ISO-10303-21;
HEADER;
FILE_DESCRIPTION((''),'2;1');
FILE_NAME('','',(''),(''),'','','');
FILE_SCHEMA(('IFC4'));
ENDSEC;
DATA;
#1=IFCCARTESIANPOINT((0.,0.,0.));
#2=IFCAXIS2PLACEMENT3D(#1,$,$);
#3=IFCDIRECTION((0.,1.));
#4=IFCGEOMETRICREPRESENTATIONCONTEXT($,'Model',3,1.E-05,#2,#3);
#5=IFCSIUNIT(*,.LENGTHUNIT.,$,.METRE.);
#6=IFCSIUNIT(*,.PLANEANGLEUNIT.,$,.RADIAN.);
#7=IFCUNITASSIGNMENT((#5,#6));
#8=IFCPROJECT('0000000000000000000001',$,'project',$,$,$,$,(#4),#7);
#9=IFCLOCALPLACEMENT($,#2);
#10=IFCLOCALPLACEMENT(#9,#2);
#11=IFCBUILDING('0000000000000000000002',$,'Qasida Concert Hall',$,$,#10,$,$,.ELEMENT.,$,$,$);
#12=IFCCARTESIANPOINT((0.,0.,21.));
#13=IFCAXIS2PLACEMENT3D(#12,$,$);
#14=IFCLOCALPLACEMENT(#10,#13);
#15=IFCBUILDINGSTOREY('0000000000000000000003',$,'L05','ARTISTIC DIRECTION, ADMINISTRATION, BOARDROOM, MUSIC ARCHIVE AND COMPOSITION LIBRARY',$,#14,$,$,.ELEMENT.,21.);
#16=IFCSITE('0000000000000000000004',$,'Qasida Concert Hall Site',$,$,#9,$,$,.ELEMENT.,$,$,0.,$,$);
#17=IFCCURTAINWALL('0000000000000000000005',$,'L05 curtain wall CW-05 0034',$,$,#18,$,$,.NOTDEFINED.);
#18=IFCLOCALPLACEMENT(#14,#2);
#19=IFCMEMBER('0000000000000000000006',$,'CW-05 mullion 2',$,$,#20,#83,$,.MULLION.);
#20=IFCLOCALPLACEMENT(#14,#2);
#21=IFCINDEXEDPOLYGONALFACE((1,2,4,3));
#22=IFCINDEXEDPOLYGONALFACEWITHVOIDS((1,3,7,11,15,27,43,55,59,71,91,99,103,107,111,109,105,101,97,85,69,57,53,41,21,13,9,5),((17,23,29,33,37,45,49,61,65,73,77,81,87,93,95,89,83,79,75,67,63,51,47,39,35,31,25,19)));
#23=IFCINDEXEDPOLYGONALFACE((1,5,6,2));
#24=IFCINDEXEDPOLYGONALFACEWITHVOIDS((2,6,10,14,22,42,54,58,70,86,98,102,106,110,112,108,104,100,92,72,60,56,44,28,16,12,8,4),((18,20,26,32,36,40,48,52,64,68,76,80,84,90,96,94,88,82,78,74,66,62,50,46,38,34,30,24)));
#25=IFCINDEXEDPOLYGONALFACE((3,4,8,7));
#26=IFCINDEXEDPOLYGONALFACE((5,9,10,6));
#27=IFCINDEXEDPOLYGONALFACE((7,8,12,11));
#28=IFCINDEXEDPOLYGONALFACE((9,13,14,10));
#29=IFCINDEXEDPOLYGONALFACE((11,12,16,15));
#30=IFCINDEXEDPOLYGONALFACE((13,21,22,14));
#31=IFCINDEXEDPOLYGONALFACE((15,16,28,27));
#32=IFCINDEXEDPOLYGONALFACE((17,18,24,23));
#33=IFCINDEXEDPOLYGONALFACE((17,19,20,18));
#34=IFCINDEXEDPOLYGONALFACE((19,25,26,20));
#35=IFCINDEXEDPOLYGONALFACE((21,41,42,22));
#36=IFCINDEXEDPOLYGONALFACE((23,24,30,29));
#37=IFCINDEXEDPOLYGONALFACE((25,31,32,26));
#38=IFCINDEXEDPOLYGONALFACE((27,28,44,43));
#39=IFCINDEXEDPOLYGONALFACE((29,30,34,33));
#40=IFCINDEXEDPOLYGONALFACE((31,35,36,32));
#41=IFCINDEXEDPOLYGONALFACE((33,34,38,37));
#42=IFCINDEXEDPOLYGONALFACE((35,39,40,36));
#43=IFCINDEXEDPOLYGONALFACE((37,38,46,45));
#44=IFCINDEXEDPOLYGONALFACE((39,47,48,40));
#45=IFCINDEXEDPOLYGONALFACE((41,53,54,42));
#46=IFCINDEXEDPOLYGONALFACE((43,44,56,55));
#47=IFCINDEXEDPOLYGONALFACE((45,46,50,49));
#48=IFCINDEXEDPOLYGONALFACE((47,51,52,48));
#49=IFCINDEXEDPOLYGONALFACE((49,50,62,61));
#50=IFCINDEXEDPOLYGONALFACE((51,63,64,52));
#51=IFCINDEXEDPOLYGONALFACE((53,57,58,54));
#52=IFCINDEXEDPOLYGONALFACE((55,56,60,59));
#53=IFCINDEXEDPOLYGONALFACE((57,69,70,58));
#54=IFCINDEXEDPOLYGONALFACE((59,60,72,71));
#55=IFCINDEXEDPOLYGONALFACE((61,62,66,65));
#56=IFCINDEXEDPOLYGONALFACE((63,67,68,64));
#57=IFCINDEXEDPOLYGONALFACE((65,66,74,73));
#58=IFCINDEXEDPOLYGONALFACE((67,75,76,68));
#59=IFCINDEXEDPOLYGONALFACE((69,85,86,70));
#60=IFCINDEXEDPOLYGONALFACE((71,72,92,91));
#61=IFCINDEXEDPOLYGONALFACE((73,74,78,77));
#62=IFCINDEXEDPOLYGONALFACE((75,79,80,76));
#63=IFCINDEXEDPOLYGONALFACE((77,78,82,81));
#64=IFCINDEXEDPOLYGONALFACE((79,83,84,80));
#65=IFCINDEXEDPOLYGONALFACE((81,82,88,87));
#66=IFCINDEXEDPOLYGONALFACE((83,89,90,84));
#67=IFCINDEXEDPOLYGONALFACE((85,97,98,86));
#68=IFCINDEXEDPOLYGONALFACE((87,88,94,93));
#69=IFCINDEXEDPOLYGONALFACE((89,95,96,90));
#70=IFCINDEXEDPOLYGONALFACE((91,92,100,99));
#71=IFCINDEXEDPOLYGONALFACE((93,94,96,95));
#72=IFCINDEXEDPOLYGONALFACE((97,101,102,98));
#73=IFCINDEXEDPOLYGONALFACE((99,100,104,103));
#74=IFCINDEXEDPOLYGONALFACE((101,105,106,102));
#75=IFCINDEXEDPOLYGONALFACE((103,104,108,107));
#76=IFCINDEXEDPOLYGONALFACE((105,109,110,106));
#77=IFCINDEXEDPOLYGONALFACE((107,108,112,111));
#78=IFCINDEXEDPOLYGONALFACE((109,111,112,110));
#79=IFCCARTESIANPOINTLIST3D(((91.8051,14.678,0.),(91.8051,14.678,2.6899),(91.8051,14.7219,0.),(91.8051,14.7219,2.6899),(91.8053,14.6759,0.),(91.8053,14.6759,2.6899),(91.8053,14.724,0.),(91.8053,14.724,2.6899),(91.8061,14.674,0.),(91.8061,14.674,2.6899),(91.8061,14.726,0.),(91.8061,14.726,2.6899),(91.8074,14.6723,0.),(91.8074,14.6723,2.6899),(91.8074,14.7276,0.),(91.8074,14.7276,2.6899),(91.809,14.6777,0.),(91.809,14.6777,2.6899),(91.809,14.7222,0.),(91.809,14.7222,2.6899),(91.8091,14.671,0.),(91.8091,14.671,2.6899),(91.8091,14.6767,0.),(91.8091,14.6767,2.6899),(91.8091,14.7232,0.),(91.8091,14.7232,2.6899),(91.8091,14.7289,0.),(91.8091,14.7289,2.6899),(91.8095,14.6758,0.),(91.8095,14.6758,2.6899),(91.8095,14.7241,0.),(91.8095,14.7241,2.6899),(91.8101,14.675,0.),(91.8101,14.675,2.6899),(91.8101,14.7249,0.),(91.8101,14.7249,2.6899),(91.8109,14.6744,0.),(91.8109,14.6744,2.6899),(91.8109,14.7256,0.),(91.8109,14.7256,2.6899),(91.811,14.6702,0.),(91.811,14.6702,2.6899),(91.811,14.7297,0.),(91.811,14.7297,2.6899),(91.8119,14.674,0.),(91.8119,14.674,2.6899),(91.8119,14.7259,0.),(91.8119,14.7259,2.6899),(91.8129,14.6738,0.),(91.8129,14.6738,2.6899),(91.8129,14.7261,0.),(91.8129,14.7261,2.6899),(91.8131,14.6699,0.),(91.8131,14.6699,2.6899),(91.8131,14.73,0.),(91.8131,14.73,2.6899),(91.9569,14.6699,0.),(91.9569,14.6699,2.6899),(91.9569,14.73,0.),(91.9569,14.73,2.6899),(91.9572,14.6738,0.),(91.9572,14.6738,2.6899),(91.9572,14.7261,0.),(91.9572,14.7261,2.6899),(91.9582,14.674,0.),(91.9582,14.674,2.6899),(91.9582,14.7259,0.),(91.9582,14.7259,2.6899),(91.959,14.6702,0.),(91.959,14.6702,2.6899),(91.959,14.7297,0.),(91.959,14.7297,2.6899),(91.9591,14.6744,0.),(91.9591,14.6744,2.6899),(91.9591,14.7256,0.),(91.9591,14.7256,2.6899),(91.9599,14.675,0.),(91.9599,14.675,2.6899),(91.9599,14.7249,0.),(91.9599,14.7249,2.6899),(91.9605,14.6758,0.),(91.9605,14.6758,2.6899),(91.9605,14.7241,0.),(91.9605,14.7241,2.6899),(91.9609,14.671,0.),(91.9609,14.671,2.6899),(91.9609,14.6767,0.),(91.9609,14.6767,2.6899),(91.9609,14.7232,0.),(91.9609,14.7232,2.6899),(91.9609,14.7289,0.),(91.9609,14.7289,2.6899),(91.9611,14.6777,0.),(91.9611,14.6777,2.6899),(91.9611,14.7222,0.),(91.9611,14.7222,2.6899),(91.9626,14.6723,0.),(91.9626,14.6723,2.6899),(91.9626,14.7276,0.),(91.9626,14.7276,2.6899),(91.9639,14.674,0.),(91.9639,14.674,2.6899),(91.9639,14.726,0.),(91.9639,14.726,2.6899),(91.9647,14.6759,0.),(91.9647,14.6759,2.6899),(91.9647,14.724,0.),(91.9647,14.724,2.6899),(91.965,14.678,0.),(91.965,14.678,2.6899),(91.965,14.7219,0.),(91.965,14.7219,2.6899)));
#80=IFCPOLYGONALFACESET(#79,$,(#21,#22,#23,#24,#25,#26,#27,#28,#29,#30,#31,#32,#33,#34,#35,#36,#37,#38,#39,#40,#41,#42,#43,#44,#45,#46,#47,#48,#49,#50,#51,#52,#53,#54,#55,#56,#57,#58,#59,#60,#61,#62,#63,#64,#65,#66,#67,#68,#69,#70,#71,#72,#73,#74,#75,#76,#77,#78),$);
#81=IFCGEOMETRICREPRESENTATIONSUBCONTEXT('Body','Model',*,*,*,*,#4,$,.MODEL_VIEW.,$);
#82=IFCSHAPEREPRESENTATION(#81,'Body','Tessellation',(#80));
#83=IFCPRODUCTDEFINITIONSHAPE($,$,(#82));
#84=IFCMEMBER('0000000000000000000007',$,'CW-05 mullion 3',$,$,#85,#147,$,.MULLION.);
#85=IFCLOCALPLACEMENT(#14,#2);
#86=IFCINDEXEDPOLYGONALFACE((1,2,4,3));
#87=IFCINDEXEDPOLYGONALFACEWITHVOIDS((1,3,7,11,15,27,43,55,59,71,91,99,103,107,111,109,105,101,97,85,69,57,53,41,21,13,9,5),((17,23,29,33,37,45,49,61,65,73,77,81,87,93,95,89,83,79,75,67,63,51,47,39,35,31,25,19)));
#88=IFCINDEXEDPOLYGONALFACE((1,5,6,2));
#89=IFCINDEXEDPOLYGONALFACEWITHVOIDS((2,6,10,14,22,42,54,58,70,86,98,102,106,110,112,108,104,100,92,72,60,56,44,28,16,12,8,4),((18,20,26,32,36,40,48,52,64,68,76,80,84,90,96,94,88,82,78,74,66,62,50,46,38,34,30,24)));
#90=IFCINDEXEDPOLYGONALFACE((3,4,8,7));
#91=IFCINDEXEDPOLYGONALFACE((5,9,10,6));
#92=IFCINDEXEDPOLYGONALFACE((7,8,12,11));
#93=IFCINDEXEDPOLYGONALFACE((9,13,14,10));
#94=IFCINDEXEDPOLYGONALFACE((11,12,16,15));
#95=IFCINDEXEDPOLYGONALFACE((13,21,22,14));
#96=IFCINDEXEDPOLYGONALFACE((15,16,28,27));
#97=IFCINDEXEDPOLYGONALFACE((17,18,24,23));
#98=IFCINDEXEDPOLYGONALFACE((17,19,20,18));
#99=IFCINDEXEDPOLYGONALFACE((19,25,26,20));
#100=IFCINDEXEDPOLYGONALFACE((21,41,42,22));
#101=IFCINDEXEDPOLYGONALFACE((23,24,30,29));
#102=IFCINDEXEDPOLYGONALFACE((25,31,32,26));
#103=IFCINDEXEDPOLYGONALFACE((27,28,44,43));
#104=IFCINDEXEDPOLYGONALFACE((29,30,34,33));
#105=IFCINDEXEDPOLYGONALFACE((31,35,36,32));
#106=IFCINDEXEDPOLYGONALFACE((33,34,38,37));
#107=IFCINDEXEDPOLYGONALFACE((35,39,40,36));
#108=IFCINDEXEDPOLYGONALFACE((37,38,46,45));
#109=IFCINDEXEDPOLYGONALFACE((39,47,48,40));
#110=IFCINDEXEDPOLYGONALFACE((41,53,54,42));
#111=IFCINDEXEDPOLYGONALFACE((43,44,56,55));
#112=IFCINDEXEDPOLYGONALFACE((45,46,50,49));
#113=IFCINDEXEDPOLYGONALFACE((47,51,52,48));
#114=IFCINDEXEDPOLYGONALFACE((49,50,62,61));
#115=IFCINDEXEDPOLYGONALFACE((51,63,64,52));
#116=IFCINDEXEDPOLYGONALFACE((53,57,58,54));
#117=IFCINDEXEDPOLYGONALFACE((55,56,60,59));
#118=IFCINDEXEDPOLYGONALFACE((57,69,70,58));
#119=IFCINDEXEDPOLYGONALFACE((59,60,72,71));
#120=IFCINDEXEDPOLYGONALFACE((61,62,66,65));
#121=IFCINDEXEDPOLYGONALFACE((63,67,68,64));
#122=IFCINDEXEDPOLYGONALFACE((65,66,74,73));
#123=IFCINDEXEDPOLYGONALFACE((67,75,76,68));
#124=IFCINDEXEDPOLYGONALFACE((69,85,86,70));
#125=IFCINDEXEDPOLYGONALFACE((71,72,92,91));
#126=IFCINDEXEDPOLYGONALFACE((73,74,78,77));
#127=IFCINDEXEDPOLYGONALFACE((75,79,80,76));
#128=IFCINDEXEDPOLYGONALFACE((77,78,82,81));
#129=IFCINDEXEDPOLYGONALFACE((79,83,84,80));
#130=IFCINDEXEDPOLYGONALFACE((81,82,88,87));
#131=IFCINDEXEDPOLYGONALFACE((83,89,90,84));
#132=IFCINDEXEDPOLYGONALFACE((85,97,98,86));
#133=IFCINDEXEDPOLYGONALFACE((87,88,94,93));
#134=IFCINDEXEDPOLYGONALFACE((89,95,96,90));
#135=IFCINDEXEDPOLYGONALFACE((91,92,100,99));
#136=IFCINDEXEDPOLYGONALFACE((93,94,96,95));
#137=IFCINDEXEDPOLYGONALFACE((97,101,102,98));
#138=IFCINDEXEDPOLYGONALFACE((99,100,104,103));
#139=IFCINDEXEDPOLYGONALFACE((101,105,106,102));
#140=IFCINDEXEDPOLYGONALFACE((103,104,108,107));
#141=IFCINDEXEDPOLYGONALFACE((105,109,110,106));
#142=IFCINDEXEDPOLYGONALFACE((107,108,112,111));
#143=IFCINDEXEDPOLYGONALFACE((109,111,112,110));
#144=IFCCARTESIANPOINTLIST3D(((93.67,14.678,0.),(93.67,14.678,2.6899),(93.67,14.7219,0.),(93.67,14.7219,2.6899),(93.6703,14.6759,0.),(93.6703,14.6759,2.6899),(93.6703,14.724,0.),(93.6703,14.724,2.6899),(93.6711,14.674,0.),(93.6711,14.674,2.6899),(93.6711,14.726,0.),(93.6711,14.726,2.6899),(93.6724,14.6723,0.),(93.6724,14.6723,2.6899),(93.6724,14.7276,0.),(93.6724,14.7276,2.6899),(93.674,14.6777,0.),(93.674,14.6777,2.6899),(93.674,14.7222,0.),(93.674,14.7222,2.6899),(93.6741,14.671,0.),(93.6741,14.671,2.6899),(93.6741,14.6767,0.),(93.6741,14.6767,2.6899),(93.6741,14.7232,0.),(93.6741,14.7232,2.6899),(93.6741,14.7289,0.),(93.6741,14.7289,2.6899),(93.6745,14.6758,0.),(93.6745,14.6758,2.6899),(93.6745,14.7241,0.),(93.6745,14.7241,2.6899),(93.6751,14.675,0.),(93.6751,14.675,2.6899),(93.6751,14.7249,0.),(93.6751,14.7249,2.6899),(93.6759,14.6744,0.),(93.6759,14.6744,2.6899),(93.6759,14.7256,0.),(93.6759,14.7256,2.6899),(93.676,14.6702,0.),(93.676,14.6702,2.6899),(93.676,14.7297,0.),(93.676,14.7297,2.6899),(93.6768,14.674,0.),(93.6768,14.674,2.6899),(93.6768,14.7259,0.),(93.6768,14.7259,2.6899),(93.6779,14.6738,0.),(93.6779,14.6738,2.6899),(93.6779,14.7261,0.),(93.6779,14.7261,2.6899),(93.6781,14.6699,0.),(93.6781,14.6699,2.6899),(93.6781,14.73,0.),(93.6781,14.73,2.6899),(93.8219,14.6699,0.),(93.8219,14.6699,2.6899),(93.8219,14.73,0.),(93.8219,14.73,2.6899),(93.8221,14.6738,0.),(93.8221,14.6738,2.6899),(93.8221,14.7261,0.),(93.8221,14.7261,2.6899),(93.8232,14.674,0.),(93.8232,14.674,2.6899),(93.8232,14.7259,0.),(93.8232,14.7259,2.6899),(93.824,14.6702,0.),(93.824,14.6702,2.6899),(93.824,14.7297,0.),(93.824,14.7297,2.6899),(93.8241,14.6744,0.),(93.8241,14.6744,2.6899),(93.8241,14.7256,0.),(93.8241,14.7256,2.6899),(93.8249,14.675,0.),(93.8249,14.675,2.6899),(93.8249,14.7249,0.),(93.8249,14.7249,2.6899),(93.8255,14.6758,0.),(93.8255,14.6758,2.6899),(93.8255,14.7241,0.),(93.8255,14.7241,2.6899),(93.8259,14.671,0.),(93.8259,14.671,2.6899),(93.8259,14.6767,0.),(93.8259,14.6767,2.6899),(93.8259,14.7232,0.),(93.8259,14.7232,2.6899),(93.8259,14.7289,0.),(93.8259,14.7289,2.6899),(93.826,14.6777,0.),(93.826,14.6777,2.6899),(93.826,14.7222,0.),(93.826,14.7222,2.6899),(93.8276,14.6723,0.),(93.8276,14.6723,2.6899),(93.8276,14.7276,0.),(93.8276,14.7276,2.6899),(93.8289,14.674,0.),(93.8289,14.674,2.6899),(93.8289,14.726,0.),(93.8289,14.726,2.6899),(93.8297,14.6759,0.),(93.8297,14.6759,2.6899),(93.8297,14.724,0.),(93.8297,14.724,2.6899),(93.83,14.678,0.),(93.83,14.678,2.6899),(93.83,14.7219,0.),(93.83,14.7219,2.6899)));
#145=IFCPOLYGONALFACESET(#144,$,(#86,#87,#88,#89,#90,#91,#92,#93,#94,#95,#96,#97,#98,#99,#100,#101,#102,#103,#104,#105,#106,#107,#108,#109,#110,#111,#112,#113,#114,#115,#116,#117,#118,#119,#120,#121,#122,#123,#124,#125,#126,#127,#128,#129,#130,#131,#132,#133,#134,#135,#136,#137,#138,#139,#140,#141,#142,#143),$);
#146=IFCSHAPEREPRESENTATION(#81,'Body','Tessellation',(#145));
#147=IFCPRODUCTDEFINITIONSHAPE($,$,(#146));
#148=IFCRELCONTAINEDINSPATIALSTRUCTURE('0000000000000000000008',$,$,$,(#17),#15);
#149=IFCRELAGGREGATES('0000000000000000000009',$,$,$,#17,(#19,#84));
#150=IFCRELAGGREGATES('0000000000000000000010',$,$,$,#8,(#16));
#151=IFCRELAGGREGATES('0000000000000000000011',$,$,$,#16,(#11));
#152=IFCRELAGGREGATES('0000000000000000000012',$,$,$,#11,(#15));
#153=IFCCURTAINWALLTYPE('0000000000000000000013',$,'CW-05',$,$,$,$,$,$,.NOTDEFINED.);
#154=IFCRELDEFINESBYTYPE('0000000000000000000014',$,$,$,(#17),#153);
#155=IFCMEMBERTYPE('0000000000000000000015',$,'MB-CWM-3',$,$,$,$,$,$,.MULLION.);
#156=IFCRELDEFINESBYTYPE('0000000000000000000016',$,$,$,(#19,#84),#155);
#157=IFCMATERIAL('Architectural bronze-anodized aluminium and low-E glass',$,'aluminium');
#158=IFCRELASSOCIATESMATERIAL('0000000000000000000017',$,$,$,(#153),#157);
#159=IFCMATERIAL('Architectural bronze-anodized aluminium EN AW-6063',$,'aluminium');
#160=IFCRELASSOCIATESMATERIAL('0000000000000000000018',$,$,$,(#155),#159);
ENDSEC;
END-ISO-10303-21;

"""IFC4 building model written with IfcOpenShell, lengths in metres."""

from ifc_helpers import new_model, si_unit, direction, frame, origin, origin_2d, place, context, subcontext, project, spatial, hollow_rectangle, extrude, material, material_profile, profile_set, type_object, element, aggregate, save


model = new_model("IFC4")

# Units and contexts
model_context = context("Model", 3, precision=1e-05, world=origin(), true_north=direction((0.0, 1.0)))
body_context = subcontext(model_context, "Body", "Model", "MODEL_VIEW")
ifc_project = project(units=[si_unit("LENGTHUNIT", "METRE"), si_unit("PLANEANGLEUNIT", "RADIAN")], contexts=[model_context])

# Site, building, storey
site_placement = place(None, origin())
site = spatial("IfcSite", under=ifc_project, at=site_placement, Name="Qasida Concert Hall Site", CompositionType="ELEMENT", RefElevation=0.0)
building_placement = place(site_placement, origin())
building = spatial("IfcBuilding", under=site, at=building_placement, Name="Qasida Concert Hall", CompositionType="ELEMENT")
storey_placement = place(building_placement, frame((0.0, 0.0, 21.0)))
storey = spatial("IfcBuildingStorey", under=building, at=storey_placement, Name="L05", Description="ARTISTIC DIRECTION, ADMINISTRATION, BOARDROOM, MUSIC ARCHIVE AND COMPOSITION LIBRARY", CompositionType="ELEMENT", Elevation=21.0)

# Shared definitions
ifc_material_1 = material(Name="Architectural bronze-anodized aluminium and low-E glass", Category="aluminium")
curtain_wall_type = type_object("IfcCurtainWallType", Name="CW-05", PredefinedType="NOTDEFINED", material=ifc_material_1)
ifc_material_2 = material(Name="Architectural bronze-anodized aluminium EN AW-6063", Category="aluminium")
ifc_material_profile_1 = material_profile(ifc_material_2, hollow_rectangle(XDim=0.0601, YDim=0.1599, WallThickness=0.0039, InnerFilletRadius=0.0039, OuterFilletRadius=0.0081, at=origin_2d()), Name="CWM 160x60x4")
ifc_profile_set_1 = profile_set([ifc_material_profile_1], Name="Architectural bronze-anodized aluminium EN AW-6063")
member_type_1 = type_object("IfcMemberType", Name="MB-CWM-3", PredefinedType="MULLION", material=ifc_profile_set_1)

# Curtain wall, members
curtain_wall_1_placement = place(storey_placement, origin())
curtain_wall_1 = element("IfcCurtainWall", 1, at=curtain_wall_1_placement, inside=storey, type_object=curtain_wall_type, Name="L05 curtain wall CW-05 0034", PredefinedType="NOTDEFINED")
member_1_placement = place(storey_placement, frame((91.885, 14.7, 0.0), z_axis=(0.0, 0.0, 1.0), x_axis=(0.0, 1.0, 0.0)))
member_1 = element("IfcMember", 2, at=member_1_placement, type_object=member_type_1, Name="CW-05 mullion 2", PredefinedType="MULLION", context=body_context, shape_type="SweptSolid", body=[
    extrude(hollow_rectangle(XDim=0.0601, YDim=0.1599, WallThickness=0.0039, InnerFilletRadius=0.0039, OuterFilletRadius=0.0081, at=origin_2d()), origin(), (0.0, 0.0, 1.0), 2.6899),
])
member_2_placement = place(storey_placement, frame((93.75, 14.7, 0.0), z_axis=(0.0, 0.0, 1.0), x_axis=(0.0, 1.0, 0.0)))
member_2 = element("IfcMember", 3, at=member_2_placement, type_object=member_type_1, Name="CW-05 mullion 3", PredefinedType="MULLION", context=body_context, shape_type="SweptSolid", body=[
    extrude(hollow_rectangle(XDim=0.0601, YDim=0.1599, WallThickness=0.0039, InnerFilletRadius=0.0039, OuterFilletRadius=0.0081, at=origin_2d()), origin(), (0.0, 0.0, 1.0), 2.6899),
])

aggregate(curtain_wall_1, [member_1, member_2])

save(model, "model.ifc")
